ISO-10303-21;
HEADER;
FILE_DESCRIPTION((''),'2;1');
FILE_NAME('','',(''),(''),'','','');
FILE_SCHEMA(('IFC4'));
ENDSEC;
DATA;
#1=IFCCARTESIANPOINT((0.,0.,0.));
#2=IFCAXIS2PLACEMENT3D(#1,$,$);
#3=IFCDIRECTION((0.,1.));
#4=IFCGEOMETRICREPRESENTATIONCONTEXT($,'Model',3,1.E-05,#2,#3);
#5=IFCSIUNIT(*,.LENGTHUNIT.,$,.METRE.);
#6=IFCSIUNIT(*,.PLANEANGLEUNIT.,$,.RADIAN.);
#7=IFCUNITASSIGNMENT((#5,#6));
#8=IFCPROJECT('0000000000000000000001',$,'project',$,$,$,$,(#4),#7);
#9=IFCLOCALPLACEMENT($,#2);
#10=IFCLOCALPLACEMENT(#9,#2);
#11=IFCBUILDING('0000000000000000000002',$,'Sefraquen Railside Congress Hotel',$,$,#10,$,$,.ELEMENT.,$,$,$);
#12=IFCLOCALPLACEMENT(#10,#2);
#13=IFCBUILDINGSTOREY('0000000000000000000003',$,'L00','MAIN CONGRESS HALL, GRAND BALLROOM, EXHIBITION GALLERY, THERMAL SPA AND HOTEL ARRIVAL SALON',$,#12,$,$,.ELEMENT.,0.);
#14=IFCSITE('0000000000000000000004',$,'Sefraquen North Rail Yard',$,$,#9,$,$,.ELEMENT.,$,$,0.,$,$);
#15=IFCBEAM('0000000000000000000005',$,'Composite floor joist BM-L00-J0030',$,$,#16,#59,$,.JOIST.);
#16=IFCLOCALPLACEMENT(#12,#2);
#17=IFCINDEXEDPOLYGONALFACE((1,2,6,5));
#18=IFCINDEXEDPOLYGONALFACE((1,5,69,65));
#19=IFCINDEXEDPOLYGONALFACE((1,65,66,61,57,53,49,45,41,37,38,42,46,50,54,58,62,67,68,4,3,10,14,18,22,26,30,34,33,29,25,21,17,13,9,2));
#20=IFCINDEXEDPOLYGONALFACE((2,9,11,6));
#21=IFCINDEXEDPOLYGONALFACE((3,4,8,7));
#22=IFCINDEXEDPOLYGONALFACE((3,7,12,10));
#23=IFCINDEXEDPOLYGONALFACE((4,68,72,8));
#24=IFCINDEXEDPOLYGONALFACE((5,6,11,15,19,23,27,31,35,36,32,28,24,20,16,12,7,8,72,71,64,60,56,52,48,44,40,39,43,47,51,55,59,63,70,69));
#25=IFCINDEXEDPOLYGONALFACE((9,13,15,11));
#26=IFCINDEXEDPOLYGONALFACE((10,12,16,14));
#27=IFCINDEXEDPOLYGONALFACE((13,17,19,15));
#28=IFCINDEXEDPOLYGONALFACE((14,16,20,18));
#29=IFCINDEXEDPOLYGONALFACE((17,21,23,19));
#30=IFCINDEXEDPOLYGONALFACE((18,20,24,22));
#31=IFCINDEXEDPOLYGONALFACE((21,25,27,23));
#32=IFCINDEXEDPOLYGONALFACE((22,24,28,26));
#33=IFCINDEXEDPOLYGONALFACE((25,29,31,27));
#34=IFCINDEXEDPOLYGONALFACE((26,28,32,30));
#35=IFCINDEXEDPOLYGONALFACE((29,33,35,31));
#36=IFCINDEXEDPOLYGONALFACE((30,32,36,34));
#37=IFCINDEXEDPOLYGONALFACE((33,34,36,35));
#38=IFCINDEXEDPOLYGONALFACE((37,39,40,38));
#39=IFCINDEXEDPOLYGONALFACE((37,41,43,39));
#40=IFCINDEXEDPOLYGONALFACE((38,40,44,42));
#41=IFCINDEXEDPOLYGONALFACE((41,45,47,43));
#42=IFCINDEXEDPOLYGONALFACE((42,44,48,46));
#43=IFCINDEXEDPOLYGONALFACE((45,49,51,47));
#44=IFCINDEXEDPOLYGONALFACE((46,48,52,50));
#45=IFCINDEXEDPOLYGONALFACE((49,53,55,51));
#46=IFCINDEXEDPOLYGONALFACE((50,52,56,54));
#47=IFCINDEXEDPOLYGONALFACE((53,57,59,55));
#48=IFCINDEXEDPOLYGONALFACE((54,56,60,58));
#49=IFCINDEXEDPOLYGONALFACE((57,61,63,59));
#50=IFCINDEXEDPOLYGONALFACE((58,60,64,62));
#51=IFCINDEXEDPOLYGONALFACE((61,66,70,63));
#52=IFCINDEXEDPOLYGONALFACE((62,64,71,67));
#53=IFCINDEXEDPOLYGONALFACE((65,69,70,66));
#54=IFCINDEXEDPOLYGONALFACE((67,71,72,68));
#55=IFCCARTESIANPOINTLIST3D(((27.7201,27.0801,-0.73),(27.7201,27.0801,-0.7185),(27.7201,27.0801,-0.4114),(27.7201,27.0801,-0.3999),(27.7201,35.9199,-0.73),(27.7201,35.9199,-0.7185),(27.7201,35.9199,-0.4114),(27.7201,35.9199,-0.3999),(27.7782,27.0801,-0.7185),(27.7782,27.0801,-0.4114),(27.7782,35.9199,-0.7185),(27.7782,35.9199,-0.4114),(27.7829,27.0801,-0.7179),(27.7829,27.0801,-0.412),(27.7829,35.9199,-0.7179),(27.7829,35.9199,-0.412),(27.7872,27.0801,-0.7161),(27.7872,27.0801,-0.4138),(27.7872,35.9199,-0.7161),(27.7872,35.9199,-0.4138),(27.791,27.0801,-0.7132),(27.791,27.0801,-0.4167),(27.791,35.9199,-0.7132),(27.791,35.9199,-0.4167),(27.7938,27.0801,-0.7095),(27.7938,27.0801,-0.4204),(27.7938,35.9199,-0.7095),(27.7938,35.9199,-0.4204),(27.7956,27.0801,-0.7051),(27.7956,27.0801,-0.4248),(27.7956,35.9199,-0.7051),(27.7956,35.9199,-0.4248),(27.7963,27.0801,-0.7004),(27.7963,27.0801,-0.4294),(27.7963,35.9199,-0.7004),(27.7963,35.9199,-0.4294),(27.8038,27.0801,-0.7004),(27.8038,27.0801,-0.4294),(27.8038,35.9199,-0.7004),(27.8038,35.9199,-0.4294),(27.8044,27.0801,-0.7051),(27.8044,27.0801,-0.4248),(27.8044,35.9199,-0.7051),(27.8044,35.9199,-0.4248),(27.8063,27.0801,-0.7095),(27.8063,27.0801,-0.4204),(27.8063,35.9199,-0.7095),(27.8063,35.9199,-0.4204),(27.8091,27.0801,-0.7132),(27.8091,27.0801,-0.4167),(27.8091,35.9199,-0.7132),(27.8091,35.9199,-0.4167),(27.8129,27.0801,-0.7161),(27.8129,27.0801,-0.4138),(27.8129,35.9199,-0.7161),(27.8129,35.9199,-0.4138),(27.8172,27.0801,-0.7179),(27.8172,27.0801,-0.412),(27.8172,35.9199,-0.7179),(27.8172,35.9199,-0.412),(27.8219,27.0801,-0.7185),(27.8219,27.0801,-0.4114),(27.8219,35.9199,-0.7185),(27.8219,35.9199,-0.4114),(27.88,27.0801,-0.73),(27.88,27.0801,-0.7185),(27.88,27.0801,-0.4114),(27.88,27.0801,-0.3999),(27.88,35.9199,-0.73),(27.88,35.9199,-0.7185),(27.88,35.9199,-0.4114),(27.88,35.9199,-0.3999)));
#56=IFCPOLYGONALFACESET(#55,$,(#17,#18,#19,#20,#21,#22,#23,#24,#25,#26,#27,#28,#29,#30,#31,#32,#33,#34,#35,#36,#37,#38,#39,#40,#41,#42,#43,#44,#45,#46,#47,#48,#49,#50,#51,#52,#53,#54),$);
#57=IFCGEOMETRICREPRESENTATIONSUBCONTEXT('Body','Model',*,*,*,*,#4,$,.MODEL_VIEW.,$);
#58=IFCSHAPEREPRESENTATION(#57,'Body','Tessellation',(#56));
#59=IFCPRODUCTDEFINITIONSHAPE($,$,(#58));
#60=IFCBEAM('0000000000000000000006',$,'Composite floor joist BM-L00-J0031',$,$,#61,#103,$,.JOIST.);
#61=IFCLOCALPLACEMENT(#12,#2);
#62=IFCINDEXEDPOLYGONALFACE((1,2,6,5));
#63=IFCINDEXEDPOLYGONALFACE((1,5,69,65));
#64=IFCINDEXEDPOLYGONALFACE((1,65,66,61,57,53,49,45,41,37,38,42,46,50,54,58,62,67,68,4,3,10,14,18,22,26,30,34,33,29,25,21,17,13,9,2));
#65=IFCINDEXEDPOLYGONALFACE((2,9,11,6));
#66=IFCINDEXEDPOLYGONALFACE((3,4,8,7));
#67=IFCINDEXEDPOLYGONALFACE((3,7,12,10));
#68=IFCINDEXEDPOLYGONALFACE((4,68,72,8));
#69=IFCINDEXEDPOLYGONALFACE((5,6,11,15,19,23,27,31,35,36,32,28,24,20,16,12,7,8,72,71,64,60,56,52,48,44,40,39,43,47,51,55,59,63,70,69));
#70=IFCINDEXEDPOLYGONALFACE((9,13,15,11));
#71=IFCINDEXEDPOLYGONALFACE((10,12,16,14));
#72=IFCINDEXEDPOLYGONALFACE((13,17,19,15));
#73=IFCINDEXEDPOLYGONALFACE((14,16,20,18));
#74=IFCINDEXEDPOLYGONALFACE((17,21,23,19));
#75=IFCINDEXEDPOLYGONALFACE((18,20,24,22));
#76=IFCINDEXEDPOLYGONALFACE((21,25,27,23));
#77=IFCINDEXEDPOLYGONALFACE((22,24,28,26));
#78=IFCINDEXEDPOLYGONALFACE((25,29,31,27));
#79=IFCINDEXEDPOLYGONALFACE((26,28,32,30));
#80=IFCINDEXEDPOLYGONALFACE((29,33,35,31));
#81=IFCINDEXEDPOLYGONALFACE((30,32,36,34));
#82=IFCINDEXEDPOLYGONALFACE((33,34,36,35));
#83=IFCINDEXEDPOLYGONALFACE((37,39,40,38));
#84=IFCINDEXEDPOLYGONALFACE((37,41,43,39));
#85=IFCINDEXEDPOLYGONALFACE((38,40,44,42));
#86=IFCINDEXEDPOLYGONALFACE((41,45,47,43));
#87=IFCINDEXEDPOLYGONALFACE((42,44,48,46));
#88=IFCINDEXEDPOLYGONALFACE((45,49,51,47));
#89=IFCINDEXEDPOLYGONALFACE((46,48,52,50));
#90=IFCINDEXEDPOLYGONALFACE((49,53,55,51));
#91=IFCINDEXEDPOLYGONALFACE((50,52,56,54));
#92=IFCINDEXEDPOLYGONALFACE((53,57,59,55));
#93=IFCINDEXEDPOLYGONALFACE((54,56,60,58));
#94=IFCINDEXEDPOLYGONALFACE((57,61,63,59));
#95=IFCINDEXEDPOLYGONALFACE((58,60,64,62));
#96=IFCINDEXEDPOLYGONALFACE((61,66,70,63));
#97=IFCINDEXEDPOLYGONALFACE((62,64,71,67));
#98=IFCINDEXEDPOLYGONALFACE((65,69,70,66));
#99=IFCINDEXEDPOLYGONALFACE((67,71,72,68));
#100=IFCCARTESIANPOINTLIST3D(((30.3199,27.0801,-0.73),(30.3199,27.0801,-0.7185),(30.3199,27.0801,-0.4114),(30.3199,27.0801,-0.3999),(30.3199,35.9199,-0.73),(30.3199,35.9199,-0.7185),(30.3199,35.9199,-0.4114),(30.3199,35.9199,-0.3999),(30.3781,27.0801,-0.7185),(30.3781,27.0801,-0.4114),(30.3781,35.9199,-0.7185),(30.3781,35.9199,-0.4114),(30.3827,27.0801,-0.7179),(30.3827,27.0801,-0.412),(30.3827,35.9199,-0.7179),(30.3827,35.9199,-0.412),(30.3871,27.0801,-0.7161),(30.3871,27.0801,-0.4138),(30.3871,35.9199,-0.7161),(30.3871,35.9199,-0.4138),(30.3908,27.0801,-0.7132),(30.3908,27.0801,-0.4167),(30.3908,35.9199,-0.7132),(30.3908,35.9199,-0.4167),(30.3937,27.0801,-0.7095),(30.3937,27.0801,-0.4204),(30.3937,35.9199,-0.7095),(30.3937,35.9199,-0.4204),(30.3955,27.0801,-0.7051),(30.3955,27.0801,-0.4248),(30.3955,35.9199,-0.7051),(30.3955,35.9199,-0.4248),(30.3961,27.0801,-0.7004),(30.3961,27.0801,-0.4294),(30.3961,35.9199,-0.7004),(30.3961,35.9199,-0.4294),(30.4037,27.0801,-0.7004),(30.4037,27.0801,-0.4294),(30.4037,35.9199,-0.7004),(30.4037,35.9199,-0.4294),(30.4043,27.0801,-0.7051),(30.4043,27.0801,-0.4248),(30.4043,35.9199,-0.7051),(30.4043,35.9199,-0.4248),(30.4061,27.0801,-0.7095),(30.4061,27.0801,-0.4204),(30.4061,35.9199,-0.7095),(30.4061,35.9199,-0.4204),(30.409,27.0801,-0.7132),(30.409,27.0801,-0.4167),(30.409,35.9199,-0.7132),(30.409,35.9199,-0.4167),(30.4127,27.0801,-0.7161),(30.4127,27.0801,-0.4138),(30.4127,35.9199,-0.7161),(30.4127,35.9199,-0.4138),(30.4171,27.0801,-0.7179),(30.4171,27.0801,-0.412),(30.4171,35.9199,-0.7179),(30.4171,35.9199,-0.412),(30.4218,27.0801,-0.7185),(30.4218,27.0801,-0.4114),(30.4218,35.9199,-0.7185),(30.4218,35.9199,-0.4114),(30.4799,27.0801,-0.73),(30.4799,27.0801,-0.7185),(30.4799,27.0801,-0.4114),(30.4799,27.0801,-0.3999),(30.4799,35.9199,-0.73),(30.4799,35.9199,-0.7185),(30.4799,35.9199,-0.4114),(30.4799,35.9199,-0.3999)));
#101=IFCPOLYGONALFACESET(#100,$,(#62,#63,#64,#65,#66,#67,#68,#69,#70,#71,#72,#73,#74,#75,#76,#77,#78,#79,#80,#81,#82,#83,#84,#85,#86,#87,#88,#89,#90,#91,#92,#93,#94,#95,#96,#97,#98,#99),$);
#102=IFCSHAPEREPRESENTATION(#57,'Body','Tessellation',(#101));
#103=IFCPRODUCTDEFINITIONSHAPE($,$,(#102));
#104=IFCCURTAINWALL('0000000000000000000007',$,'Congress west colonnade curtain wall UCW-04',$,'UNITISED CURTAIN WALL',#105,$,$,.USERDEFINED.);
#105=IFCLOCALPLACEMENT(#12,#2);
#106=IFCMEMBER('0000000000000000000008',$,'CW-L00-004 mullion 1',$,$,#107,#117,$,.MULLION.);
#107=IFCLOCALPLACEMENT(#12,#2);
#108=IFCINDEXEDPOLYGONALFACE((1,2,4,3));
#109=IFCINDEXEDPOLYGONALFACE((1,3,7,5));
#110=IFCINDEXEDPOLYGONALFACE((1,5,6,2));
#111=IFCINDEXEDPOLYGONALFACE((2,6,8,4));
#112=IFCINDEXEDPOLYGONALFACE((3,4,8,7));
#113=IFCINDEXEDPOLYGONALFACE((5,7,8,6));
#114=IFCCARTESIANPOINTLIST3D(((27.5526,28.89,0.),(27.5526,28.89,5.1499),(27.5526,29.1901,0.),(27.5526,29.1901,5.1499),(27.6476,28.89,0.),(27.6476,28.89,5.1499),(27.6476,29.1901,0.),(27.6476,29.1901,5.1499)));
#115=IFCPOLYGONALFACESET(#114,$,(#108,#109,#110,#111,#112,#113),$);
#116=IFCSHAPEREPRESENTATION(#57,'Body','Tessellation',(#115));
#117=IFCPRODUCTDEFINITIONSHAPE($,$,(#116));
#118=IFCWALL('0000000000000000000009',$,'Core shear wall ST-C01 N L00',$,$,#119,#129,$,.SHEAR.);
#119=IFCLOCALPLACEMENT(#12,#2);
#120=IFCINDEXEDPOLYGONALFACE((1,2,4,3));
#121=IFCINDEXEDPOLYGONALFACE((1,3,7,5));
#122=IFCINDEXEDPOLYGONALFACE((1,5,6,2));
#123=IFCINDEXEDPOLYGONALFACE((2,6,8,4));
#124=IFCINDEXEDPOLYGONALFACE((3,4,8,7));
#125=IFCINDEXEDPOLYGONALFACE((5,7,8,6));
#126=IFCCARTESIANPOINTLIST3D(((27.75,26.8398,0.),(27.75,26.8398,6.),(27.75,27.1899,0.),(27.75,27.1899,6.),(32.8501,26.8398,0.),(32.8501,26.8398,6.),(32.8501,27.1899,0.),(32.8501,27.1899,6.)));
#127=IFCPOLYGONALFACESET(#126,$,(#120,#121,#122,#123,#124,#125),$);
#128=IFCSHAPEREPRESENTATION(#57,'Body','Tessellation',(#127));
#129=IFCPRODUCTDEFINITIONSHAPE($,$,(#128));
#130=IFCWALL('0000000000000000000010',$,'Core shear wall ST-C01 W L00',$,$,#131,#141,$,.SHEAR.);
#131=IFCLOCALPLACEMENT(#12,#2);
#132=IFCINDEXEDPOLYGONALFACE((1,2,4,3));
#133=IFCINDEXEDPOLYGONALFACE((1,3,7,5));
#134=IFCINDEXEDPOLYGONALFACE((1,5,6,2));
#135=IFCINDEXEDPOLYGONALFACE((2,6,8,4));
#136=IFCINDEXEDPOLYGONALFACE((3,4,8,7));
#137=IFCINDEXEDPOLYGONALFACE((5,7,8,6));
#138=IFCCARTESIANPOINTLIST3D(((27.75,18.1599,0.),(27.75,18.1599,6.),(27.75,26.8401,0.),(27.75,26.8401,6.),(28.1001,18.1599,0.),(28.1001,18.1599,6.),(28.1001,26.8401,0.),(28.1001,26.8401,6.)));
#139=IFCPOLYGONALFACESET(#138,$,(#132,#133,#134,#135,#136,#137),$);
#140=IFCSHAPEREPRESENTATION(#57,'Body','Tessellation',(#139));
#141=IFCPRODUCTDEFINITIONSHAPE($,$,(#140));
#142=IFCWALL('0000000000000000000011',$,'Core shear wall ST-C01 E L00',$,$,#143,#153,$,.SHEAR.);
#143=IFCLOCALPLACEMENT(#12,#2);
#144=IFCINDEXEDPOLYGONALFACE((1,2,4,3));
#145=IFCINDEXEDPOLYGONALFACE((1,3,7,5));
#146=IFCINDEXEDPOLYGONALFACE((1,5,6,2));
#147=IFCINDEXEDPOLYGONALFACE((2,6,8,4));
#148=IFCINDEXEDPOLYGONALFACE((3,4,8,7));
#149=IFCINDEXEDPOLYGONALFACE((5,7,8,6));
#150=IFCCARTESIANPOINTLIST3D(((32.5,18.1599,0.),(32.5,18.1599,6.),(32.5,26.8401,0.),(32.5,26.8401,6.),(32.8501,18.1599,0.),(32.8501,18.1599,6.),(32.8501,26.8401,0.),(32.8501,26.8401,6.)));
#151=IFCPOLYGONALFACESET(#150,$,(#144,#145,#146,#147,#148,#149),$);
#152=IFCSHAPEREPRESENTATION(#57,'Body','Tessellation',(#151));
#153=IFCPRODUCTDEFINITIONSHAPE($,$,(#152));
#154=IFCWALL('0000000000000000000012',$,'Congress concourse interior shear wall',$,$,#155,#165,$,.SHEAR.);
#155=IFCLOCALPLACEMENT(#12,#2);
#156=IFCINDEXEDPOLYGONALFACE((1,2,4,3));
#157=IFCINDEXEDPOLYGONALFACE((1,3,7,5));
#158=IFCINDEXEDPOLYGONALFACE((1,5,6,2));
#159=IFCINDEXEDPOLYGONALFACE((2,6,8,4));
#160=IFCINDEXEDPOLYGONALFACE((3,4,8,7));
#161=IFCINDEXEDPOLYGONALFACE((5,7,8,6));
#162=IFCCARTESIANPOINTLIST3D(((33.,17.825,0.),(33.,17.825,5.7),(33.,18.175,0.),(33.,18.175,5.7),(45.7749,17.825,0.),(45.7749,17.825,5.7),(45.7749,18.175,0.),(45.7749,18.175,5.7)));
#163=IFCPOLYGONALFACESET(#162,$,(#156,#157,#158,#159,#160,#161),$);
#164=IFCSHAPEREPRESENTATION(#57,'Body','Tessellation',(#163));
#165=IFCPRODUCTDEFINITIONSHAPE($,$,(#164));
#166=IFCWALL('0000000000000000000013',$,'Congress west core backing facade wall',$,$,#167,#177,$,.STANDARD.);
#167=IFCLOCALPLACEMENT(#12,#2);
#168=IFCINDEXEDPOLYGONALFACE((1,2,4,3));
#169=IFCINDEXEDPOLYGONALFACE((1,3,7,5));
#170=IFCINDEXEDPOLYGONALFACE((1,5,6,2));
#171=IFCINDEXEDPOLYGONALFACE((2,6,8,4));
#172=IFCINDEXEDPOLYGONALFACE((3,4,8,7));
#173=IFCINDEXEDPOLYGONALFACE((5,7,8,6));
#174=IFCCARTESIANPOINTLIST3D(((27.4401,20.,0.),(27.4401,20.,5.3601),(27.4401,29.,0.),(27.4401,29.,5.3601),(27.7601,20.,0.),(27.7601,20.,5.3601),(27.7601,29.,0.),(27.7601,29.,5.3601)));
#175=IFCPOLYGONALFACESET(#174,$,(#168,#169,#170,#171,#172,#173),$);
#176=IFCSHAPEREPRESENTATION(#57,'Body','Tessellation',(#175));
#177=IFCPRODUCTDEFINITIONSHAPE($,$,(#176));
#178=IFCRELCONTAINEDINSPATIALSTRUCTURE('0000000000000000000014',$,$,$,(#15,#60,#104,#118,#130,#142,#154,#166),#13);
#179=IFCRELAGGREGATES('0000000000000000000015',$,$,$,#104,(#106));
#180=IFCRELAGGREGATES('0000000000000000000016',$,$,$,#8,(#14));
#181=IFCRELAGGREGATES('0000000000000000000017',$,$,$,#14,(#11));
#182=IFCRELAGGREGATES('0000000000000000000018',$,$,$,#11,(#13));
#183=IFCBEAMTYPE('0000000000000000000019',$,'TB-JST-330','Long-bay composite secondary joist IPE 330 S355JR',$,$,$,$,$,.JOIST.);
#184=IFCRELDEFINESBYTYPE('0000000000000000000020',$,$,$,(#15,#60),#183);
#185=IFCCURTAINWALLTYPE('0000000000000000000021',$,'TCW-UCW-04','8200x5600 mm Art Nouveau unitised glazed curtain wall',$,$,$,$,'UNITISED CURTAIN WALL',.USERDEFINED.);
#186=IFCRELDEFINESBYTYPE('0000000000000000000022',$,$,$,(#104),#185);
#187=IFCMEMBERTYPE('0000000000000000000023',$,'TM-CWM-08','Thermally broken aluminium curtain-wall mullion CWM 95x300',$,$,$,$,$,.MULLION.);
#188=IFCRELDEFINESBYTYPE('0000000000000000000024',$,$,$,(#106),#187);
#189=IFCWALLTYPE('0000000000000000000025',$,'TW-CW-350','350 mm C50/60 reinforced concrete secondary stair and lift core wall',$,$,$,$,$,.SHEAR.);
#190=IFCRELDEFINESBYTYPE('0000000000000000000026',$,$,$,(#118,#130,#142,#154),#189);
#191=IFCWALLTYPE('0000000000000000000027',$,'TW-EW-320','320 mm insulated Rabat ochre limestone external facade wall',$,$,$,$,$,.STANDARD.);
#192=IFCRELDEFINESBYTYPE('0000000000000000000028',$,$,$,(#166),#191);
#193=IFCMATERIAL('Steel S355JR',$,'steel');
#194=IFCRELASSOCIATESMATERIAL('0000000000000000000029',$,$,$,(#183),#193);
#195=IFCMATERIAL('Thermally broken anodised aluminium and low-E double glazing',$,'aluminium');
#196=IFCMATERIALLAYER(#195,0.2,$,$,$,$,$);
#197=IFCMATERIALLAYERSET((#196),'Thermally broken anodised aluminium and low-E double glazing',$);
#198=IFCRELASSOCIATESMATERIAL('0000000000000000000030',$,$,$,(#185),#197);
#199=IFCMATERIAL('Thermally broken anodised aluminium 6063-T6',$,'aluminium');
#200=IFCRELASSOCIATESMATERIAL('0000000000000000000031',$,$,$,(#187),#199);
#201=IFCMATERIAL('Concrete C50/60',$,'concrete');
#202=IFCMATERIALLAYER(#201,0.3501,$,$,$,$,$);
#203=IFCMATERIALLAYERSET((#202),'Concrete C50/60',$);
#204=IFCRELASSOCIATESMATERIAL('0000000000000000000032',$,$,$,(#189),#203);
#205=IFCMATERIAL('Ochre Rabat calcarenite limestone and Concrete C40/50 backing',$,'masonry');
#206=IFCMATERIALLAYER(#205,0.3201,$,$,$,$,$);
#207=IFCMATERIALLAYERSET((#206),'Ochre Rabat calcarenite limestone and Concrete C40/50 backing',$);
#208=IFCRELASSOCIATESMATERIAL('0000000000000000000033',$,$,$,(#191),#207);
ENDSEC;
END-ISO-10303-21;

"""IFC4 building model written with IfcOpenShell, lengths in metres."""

from ifc_helpers import new_model, si_unit, direction, frame, frame_2d, origin, origin_2d, place, context, subcontext, project, spatial, rectangle, i_section, extrude, material, layer, layer_set, material_profile, profile_set, type_object, element, aggregate, save


model = new_model("IFC4")

# Units and contexts
model_context = context("Model", 3, precision=1e-05, world=origin(), true_north=direction((0.0, 1.0)))
body_context = subcontext(model_context, "Body", "Model", "MODEL_VIEW")
ifc_project = project(units=[si_unit("LENGTHUNIT", "METRE"), si_unit("PLANEANGLEUNIT", "RADIAN")], contexts=[model_context])

# Site, building, storey
site_placement = place(None, origin())
site = spatial("IfcSite", under=ifc_project, at=site_placement, Name="Sefraquen North Rail Yard", CompositionType="ELEMENT", RefElevation=0.0)
building_placement = place(site_placement, origin())
building = spatial("IfcBuilding", under=site, at=building_placement, Name="Sefraquen Railside Congress Hotel", CompositionType="ELEMENT")
storey_placement = place(building_placement, origin())
storey = spatial("IfcBuildingStorey", under=building, at=storey_placement, Name="L00", Description="MAIN CONGRESS HALL, GRAND BALLROOM, EXHIBITION GALLERY, THERMAL SPA AND HOTEL ARRIVAL SALON", CompositionType="ELEMENT", Elevation=0.0)

# Shared definitions
ifc_material_1 = material(Name="Steel S355JR", Category="steel")

# Beams
ifc_material_profile_1 = material_profile(ifc_material_1, i_section(OverallWidth=0.1599, OverallDepth=0.3301, WebThickness=0.0076, FlangeThickness=0.0115, FilletRadius=0.0181, at=origin_2d()), Name="IPE 330")
ifc_profile_set_1 = profile_set([ifc_material_profile_1], Name="Steel S355JR")
beam_type_1 = type_object("IfcBeamType", Name="TB-JST-330", Description="Long-bay composite secondary joist IPE 330 S355JR", PredefinedType="JOIST", material=ifc_profile_set_1)
for number, where, z_axis, x_axis, name in (
    (1, (27.8, 27.0801, -0.5649), (0.0, 1.0, 0.0), (-1.0, 0.0, 0.0), "Composite floor joist BM-L00-J0030"),
    (2, (30.3999, 27.0801, -0.5649), (0.0, 1.0, 0.0), (-1.0, 0.0, 0.0), "Composite floor joist BM-L00-J0031"),
):
    element("IfcBeam", number, at=place(storey_placement, frame(where, z_axis=z_axis, x_axis=x_axis)), inside=storey, type_object=beam_type_1, Name=name, PredefinedType="JOIST", context=body_context, shape_type="SweptSolid", body=[
        extrude(i_section(OverallWidth=0.1599, OverallDepth=0.3301, WebThickness=0.0076, FlangeThickness=0.0115, FilletRadius=0.0181, at=origin_2d()), origin(), (0.0, 0.0, 1.0), 8.8398),
    ])

# Curtain wall, member
ifc_material_2 = material(Name="Thermally broken anodised aluminium and low-E double glazing", Category="aluminium")
ifc_layer_1 = layer(ifc_material_2, 0.2)
ifc_layer_set_1 = layer_set([ifc_layer_1], Name="Thermally broken anodised aluminium and low-E double glazing")
curtain_wall_type = type_object("IfcCurtainWallType", Name="TCW-UCW-04", Description="8200x5600 mm Art Nouveau unitised glazed curtain wall", ElementType="UNITISED CURTAIN WALL", PredefinedType="USERDEFINED", material=ifc_layer_set_1)
curtain_wall_placement = place(storey_placement, origin())
curtain_wall = element("IfcCurtainWall", 3, at=curtain_wall_placement, inside=storey, type_object=curtain_wall_type, Name="Congress west colonnade curtain wall UCW-04", ObjectType="UNITISED CURTAIN WALL", PredefinedType="USERDEFINED")
ifc_material_3 = material(Name="Thermally broken anodised aluminium 6063-T6", Category="aluminium")
ifc_material_profile_2 = material_profile(ifc_material_3, rectangle(XDim=0.095, YDim=0.3, at=origin_2d()), Name="CWM 95x300")
ifc_profile_set_2 = profile_set([ifc_material_profile_2], Name="Thermally broken anodised aluminium 6063-T6")
member_type = type_object("IfcMemberType", Name="TM-CWM-08", Description="Thermally broken aluminium curtain-wall mullion CWM 95x300", PredefinedType="MULLION", material=ifc_profile_set_2)
member_placement = place(storey_placement, frame((27.6001, 29.04, 0.0), z_axis=(0.0, 0.0, 1.0), x_axis=(1.0, 0.0, 0.0)))
member = element("IfcMember", 4, at=member_placement, type_object=member_type, Name="CW-L00-004 mullion 1", PredefinedType="MULLION", context=body_context, shape_type="SweptSolid", body=[
    extrude(rectangle(XDim=0.095, YDim=0.3, at=origin_2d()), origin(), (0.0, 0.0, 1.0), 5.1499),
])
aggregate(curtain_wall, [member])

# Walls
ifc_material_4 = material(Name="Concrete C50/60", Category="concrete")
ifc_layer_2 = layer(ifc_material_4, 0.3501)
ifc_layer_set_2 = layer_set([ifc_layer_2], Name="Concrete C50/60")
wall_type_1 = type_object("IfcWallType", Name="TW-CW-350", Description="350 mm C50/60 reinforced concrete secondary stair and lift core wall", PredefinedType="SHEAR", material=ifc_layer_set_2)
wall_1_placement = place(storey_placement, frame((27.75, 27.0149, 0.0), z_axis=(0.0, 0.0, 1.0), x_axis=(1.0, 0.0, 0.0)))
element("IfcWall", 5, at=wall_1_placement, inside=storey, type_object=wall_type_1, Name="Core shear wall ST-C01 N L00", PredefinedType="SHEAR", context=body_context, shape_type="SweptSolid", body=[
    extrude(rectangle(XDim=5.1001, YDim=0.3501, at=frame_2d((2.55, 0.0))), origin(), (0.0, 0.0, 1.0), 6.0),
])
for number, where, z_axis, x_axis, name in (
    (6, (27.925, 18.1599, 0.0), (0.0, 0.0, 1.0), (0.0, 1.0, 0.0), "Core shear wall ST-C01 W L00"),
    (7, (32.675, 18.1599, 0.0), (0.0, 0.0, 1.0), (0.0, 1.0, 0.0), "Core shear wall ST-C01 E L00"),
):
    element("IfcWall", number, at=place(storey_placement, frame(where, z_axis=z_axis, x_axis=x_axis)), inside=storey, type_object=wall_type_1, Name=name, PredefinedType="SHEAR", context=body_context, shape_type="SweptSolid", body=[
        extrude(rectangle(XDim=8.6802, YDim=0.3501, at=frame_2d((4.3401, 0.0))), origin(), (0.0, 0.0, 1.0), 6.0),
    ])
wall_2_placement = place(storey_placement, frame((33.0, 18.0, 0.0), z_axis=(0.0, 0.0, 1.0), x_axis=(1.0, 0.0, 0.0)))
element("IfcWall", 8, at=wall_2_placement, inside=storey, type_object=wall_type_1, Name="Congress concourse interior shear wall", PredefinedType="SHEAR", context=body_context, shape_type="SweptSolid", body=[
    extrude(rectangle(XDim=12.7749, YDim=0.3501, at=frame_2d((6.3875, 0.0))), origin(), (0.0, 0.0, 1.0), 5.7),
])
ifc_material_5 = material(Name="Ochre Rabat calcarenite limestone and Concrete C40/50 backing", Category="masonry")
ifc_layer_3 = layer(ifc_material_5, 0.3201)
ifc_layer_set_3 = layer_set([ifc_layer_3], Name="Ochre Rabat calcarenite limestone and Concrete C40/50 backing")
wall_type_2 = type_object("IfcWallType", Name="TW-EW-320", Description="320 mm insulated Rabat ochre limestone external facade wall", PredefinedType="STANDARD", material=ifc_layer_set_3)
wall_3_placement = place(storey_placement, frame((27.6001, 20.0, 0.0), z_axis=(0.0, 0.0, 1.0), x_axis=(0.0, 1.0, 0.0)))
element("IfcWall", 9, at=wall_3_placement, inside=storey, type_object=wall_type_2, Name="Congress west core backing facade wall", PredefinedType="STANDARD", context=body_context, shape_type="SweptSolid", body=[
    extrude(rectangle(XDim=9.0, YDim=0.3201, at=frame_2d((4.5, 0.0))), origin(), (0.0, 0.0, 1.0), 5.3601),
])

save(model, "model.ifc")
